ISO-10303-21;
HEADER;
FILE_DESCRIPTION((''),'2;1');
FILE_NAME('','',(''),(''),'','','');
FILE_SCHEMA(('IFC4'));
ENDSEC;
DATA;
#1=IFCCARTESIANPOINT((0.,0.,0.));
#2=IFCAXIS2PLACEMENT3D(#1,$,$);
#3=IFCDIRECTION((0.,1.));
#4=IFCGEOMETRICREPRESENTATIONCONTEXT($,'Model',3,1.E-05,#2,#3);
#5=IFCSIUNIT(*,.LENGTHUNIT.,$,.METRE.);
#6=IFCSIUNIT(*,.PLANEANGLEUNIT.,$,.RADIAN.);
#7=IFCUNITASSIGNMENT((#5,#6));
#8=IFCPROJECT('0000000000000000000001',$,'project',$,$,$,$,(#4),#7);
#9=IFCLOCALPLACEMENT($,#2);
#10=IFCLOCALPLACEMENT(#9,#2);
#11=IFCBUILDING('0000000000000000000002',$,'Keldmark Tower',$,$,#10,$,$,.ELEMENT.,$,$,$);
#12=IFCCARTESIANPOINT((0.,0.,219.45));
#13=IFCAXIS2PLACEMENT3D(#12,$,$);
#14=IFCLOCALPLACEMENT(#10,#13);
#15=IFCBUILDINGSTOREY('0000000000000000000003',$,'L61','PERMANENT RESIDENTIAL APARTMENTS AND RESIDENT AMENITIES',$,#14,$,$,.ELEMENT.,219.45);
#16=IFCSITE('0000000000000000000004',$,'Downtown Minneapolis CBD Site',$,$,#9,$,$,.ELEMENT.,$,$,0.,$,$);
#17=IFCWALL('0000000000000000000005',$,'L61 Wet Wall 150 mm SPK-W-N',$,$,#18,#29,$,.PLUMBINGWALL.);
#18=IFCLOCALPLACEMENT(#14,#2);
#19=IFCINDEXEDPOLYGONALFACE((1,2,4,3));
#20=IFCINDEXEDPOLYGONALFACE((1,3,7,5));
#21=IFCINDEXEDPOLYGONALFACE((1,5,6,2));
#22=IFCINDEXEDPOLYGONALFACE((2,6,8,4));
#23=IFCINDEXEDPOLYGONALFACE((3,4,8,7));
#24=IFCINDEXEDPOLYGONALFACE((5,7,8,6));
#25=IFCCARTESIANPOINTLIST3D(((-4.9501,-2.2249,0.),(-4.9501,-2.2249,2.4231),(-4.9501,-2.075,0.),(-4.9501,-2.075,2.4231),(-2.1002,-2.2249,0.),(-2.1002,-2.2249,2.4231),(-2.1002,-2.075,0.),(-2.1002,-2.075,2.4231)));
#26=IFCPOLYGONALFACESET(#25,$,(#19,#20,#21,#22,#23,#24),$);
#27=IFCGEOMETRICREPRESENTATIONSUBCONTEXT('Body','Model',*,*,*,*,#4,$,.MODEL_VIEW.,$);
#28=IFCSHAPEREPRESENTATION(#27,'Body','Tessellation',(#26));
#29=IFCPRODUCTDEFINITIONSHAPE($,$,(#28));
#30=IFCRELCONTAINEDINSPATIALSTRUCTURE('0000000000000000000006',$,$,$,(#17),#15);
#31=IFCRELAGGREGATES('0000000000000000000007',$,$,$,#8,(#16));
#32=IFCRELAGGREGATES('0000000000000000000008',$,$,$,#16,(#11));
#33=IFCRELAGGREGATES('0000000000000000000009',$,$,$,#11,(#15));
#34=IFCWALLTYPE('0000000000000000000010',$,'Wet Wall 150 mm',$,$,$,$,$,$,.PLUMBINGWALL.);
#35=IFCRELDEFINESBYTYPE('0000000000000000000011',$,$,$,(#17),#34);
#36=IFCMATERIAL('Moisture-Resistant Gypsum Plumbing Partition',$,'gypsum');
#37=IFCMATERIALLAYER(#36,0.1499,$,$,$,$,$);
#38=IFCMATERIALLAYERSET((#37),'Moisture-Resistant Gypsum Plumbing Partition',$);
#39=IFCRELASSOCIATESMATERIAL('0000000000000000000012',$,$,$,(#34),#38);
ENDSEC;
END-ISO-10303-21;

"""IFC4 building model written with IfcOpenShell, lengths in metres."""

from ifc_helpers import new_model, si_unit, direction, frame, frame_2d, origin, place, context, subcontext, project, spatial, rectangle, extrude, material, layer, layer_set, type_object, element, save


model = new_model("IFC4")

# Units and contexts
model_context = context("Model", 3, precision=1e-05, world=origin(), true_north=direction((0.0, 1.0)))
body_context = subcontext(model_context, "Body", "Model", "MODEL_VIEW")
ifc_project = project(units=[si_unit("LENGTHUNIT", "METRE"), si_unit("PLANEANGLEUNIT", "RADIAN")], contexts=[model_context])

# Site, building, storey
site_placement = place(None, origin())
site = spatial("IfcSite", under=ifc_project, at=site_placement, Name="Downtown Minneapolis CBD Site", CompositionType="ELEMENT", RefElevation=0.0)
building_placement = place(site_placement, origin())
building = spatial("IfcBuilding", under=site, at=building_placement, Name="Keldmark Tower", CompositionType="ELEMENT")
storey_placement = place(building_placement, frame((0.0, 0.0, 219.45)))
storey = spatial("IfcBuildingStorey", under=building, at=storey_placement, Name="L61", Description="PERMANENT RESIDENTIAL APARTMENTS AND RESIDENT AMENITIES", CompositionType="ELEMENT", Elevation=219.45)

# Wall
ifc_material_1 = material(Name="Moisture-Resistant Gypsum Plumbing Partition", Category="gypsum")
ifc_layer_1 = layer(ifc_material_1, 0.1499)
ifc_layer_set_1 = layer_set([ifc_layer_1], Name="Moisture-Resistant Gypsum Plumbing Partition")
wall_type_1 = type_object("IfcWallType", Name="Wet Wall 150 mm", PredefinedType="PLUMBINGWALL", material=ifc_layer_set_1)
wall_1_placement = place(storey_placement, frame((-4.95, -2.1499, 0.0), z_axis=(0.0, 0.0, 1.0), x_axis=(1.0, 0.0, 0.0)))
element("IfcWall", 1, at=wall_1_placement, inside=storey, type_object=wall_type_1, Name="L61 Wet Wall 150 mm SPK-W-N", PredefinedType="PLUMBINGWALL", context=body_context, shape_type="SweptSolid", body=[
    extrude(rectangle(XDim=2.8499, YDim=0.1499, at=frame_2d((1.4248, 0.0))), origin(), (0.0, 0.0, 1.0), 2.4231),
])

save(model, "model.ifc")
